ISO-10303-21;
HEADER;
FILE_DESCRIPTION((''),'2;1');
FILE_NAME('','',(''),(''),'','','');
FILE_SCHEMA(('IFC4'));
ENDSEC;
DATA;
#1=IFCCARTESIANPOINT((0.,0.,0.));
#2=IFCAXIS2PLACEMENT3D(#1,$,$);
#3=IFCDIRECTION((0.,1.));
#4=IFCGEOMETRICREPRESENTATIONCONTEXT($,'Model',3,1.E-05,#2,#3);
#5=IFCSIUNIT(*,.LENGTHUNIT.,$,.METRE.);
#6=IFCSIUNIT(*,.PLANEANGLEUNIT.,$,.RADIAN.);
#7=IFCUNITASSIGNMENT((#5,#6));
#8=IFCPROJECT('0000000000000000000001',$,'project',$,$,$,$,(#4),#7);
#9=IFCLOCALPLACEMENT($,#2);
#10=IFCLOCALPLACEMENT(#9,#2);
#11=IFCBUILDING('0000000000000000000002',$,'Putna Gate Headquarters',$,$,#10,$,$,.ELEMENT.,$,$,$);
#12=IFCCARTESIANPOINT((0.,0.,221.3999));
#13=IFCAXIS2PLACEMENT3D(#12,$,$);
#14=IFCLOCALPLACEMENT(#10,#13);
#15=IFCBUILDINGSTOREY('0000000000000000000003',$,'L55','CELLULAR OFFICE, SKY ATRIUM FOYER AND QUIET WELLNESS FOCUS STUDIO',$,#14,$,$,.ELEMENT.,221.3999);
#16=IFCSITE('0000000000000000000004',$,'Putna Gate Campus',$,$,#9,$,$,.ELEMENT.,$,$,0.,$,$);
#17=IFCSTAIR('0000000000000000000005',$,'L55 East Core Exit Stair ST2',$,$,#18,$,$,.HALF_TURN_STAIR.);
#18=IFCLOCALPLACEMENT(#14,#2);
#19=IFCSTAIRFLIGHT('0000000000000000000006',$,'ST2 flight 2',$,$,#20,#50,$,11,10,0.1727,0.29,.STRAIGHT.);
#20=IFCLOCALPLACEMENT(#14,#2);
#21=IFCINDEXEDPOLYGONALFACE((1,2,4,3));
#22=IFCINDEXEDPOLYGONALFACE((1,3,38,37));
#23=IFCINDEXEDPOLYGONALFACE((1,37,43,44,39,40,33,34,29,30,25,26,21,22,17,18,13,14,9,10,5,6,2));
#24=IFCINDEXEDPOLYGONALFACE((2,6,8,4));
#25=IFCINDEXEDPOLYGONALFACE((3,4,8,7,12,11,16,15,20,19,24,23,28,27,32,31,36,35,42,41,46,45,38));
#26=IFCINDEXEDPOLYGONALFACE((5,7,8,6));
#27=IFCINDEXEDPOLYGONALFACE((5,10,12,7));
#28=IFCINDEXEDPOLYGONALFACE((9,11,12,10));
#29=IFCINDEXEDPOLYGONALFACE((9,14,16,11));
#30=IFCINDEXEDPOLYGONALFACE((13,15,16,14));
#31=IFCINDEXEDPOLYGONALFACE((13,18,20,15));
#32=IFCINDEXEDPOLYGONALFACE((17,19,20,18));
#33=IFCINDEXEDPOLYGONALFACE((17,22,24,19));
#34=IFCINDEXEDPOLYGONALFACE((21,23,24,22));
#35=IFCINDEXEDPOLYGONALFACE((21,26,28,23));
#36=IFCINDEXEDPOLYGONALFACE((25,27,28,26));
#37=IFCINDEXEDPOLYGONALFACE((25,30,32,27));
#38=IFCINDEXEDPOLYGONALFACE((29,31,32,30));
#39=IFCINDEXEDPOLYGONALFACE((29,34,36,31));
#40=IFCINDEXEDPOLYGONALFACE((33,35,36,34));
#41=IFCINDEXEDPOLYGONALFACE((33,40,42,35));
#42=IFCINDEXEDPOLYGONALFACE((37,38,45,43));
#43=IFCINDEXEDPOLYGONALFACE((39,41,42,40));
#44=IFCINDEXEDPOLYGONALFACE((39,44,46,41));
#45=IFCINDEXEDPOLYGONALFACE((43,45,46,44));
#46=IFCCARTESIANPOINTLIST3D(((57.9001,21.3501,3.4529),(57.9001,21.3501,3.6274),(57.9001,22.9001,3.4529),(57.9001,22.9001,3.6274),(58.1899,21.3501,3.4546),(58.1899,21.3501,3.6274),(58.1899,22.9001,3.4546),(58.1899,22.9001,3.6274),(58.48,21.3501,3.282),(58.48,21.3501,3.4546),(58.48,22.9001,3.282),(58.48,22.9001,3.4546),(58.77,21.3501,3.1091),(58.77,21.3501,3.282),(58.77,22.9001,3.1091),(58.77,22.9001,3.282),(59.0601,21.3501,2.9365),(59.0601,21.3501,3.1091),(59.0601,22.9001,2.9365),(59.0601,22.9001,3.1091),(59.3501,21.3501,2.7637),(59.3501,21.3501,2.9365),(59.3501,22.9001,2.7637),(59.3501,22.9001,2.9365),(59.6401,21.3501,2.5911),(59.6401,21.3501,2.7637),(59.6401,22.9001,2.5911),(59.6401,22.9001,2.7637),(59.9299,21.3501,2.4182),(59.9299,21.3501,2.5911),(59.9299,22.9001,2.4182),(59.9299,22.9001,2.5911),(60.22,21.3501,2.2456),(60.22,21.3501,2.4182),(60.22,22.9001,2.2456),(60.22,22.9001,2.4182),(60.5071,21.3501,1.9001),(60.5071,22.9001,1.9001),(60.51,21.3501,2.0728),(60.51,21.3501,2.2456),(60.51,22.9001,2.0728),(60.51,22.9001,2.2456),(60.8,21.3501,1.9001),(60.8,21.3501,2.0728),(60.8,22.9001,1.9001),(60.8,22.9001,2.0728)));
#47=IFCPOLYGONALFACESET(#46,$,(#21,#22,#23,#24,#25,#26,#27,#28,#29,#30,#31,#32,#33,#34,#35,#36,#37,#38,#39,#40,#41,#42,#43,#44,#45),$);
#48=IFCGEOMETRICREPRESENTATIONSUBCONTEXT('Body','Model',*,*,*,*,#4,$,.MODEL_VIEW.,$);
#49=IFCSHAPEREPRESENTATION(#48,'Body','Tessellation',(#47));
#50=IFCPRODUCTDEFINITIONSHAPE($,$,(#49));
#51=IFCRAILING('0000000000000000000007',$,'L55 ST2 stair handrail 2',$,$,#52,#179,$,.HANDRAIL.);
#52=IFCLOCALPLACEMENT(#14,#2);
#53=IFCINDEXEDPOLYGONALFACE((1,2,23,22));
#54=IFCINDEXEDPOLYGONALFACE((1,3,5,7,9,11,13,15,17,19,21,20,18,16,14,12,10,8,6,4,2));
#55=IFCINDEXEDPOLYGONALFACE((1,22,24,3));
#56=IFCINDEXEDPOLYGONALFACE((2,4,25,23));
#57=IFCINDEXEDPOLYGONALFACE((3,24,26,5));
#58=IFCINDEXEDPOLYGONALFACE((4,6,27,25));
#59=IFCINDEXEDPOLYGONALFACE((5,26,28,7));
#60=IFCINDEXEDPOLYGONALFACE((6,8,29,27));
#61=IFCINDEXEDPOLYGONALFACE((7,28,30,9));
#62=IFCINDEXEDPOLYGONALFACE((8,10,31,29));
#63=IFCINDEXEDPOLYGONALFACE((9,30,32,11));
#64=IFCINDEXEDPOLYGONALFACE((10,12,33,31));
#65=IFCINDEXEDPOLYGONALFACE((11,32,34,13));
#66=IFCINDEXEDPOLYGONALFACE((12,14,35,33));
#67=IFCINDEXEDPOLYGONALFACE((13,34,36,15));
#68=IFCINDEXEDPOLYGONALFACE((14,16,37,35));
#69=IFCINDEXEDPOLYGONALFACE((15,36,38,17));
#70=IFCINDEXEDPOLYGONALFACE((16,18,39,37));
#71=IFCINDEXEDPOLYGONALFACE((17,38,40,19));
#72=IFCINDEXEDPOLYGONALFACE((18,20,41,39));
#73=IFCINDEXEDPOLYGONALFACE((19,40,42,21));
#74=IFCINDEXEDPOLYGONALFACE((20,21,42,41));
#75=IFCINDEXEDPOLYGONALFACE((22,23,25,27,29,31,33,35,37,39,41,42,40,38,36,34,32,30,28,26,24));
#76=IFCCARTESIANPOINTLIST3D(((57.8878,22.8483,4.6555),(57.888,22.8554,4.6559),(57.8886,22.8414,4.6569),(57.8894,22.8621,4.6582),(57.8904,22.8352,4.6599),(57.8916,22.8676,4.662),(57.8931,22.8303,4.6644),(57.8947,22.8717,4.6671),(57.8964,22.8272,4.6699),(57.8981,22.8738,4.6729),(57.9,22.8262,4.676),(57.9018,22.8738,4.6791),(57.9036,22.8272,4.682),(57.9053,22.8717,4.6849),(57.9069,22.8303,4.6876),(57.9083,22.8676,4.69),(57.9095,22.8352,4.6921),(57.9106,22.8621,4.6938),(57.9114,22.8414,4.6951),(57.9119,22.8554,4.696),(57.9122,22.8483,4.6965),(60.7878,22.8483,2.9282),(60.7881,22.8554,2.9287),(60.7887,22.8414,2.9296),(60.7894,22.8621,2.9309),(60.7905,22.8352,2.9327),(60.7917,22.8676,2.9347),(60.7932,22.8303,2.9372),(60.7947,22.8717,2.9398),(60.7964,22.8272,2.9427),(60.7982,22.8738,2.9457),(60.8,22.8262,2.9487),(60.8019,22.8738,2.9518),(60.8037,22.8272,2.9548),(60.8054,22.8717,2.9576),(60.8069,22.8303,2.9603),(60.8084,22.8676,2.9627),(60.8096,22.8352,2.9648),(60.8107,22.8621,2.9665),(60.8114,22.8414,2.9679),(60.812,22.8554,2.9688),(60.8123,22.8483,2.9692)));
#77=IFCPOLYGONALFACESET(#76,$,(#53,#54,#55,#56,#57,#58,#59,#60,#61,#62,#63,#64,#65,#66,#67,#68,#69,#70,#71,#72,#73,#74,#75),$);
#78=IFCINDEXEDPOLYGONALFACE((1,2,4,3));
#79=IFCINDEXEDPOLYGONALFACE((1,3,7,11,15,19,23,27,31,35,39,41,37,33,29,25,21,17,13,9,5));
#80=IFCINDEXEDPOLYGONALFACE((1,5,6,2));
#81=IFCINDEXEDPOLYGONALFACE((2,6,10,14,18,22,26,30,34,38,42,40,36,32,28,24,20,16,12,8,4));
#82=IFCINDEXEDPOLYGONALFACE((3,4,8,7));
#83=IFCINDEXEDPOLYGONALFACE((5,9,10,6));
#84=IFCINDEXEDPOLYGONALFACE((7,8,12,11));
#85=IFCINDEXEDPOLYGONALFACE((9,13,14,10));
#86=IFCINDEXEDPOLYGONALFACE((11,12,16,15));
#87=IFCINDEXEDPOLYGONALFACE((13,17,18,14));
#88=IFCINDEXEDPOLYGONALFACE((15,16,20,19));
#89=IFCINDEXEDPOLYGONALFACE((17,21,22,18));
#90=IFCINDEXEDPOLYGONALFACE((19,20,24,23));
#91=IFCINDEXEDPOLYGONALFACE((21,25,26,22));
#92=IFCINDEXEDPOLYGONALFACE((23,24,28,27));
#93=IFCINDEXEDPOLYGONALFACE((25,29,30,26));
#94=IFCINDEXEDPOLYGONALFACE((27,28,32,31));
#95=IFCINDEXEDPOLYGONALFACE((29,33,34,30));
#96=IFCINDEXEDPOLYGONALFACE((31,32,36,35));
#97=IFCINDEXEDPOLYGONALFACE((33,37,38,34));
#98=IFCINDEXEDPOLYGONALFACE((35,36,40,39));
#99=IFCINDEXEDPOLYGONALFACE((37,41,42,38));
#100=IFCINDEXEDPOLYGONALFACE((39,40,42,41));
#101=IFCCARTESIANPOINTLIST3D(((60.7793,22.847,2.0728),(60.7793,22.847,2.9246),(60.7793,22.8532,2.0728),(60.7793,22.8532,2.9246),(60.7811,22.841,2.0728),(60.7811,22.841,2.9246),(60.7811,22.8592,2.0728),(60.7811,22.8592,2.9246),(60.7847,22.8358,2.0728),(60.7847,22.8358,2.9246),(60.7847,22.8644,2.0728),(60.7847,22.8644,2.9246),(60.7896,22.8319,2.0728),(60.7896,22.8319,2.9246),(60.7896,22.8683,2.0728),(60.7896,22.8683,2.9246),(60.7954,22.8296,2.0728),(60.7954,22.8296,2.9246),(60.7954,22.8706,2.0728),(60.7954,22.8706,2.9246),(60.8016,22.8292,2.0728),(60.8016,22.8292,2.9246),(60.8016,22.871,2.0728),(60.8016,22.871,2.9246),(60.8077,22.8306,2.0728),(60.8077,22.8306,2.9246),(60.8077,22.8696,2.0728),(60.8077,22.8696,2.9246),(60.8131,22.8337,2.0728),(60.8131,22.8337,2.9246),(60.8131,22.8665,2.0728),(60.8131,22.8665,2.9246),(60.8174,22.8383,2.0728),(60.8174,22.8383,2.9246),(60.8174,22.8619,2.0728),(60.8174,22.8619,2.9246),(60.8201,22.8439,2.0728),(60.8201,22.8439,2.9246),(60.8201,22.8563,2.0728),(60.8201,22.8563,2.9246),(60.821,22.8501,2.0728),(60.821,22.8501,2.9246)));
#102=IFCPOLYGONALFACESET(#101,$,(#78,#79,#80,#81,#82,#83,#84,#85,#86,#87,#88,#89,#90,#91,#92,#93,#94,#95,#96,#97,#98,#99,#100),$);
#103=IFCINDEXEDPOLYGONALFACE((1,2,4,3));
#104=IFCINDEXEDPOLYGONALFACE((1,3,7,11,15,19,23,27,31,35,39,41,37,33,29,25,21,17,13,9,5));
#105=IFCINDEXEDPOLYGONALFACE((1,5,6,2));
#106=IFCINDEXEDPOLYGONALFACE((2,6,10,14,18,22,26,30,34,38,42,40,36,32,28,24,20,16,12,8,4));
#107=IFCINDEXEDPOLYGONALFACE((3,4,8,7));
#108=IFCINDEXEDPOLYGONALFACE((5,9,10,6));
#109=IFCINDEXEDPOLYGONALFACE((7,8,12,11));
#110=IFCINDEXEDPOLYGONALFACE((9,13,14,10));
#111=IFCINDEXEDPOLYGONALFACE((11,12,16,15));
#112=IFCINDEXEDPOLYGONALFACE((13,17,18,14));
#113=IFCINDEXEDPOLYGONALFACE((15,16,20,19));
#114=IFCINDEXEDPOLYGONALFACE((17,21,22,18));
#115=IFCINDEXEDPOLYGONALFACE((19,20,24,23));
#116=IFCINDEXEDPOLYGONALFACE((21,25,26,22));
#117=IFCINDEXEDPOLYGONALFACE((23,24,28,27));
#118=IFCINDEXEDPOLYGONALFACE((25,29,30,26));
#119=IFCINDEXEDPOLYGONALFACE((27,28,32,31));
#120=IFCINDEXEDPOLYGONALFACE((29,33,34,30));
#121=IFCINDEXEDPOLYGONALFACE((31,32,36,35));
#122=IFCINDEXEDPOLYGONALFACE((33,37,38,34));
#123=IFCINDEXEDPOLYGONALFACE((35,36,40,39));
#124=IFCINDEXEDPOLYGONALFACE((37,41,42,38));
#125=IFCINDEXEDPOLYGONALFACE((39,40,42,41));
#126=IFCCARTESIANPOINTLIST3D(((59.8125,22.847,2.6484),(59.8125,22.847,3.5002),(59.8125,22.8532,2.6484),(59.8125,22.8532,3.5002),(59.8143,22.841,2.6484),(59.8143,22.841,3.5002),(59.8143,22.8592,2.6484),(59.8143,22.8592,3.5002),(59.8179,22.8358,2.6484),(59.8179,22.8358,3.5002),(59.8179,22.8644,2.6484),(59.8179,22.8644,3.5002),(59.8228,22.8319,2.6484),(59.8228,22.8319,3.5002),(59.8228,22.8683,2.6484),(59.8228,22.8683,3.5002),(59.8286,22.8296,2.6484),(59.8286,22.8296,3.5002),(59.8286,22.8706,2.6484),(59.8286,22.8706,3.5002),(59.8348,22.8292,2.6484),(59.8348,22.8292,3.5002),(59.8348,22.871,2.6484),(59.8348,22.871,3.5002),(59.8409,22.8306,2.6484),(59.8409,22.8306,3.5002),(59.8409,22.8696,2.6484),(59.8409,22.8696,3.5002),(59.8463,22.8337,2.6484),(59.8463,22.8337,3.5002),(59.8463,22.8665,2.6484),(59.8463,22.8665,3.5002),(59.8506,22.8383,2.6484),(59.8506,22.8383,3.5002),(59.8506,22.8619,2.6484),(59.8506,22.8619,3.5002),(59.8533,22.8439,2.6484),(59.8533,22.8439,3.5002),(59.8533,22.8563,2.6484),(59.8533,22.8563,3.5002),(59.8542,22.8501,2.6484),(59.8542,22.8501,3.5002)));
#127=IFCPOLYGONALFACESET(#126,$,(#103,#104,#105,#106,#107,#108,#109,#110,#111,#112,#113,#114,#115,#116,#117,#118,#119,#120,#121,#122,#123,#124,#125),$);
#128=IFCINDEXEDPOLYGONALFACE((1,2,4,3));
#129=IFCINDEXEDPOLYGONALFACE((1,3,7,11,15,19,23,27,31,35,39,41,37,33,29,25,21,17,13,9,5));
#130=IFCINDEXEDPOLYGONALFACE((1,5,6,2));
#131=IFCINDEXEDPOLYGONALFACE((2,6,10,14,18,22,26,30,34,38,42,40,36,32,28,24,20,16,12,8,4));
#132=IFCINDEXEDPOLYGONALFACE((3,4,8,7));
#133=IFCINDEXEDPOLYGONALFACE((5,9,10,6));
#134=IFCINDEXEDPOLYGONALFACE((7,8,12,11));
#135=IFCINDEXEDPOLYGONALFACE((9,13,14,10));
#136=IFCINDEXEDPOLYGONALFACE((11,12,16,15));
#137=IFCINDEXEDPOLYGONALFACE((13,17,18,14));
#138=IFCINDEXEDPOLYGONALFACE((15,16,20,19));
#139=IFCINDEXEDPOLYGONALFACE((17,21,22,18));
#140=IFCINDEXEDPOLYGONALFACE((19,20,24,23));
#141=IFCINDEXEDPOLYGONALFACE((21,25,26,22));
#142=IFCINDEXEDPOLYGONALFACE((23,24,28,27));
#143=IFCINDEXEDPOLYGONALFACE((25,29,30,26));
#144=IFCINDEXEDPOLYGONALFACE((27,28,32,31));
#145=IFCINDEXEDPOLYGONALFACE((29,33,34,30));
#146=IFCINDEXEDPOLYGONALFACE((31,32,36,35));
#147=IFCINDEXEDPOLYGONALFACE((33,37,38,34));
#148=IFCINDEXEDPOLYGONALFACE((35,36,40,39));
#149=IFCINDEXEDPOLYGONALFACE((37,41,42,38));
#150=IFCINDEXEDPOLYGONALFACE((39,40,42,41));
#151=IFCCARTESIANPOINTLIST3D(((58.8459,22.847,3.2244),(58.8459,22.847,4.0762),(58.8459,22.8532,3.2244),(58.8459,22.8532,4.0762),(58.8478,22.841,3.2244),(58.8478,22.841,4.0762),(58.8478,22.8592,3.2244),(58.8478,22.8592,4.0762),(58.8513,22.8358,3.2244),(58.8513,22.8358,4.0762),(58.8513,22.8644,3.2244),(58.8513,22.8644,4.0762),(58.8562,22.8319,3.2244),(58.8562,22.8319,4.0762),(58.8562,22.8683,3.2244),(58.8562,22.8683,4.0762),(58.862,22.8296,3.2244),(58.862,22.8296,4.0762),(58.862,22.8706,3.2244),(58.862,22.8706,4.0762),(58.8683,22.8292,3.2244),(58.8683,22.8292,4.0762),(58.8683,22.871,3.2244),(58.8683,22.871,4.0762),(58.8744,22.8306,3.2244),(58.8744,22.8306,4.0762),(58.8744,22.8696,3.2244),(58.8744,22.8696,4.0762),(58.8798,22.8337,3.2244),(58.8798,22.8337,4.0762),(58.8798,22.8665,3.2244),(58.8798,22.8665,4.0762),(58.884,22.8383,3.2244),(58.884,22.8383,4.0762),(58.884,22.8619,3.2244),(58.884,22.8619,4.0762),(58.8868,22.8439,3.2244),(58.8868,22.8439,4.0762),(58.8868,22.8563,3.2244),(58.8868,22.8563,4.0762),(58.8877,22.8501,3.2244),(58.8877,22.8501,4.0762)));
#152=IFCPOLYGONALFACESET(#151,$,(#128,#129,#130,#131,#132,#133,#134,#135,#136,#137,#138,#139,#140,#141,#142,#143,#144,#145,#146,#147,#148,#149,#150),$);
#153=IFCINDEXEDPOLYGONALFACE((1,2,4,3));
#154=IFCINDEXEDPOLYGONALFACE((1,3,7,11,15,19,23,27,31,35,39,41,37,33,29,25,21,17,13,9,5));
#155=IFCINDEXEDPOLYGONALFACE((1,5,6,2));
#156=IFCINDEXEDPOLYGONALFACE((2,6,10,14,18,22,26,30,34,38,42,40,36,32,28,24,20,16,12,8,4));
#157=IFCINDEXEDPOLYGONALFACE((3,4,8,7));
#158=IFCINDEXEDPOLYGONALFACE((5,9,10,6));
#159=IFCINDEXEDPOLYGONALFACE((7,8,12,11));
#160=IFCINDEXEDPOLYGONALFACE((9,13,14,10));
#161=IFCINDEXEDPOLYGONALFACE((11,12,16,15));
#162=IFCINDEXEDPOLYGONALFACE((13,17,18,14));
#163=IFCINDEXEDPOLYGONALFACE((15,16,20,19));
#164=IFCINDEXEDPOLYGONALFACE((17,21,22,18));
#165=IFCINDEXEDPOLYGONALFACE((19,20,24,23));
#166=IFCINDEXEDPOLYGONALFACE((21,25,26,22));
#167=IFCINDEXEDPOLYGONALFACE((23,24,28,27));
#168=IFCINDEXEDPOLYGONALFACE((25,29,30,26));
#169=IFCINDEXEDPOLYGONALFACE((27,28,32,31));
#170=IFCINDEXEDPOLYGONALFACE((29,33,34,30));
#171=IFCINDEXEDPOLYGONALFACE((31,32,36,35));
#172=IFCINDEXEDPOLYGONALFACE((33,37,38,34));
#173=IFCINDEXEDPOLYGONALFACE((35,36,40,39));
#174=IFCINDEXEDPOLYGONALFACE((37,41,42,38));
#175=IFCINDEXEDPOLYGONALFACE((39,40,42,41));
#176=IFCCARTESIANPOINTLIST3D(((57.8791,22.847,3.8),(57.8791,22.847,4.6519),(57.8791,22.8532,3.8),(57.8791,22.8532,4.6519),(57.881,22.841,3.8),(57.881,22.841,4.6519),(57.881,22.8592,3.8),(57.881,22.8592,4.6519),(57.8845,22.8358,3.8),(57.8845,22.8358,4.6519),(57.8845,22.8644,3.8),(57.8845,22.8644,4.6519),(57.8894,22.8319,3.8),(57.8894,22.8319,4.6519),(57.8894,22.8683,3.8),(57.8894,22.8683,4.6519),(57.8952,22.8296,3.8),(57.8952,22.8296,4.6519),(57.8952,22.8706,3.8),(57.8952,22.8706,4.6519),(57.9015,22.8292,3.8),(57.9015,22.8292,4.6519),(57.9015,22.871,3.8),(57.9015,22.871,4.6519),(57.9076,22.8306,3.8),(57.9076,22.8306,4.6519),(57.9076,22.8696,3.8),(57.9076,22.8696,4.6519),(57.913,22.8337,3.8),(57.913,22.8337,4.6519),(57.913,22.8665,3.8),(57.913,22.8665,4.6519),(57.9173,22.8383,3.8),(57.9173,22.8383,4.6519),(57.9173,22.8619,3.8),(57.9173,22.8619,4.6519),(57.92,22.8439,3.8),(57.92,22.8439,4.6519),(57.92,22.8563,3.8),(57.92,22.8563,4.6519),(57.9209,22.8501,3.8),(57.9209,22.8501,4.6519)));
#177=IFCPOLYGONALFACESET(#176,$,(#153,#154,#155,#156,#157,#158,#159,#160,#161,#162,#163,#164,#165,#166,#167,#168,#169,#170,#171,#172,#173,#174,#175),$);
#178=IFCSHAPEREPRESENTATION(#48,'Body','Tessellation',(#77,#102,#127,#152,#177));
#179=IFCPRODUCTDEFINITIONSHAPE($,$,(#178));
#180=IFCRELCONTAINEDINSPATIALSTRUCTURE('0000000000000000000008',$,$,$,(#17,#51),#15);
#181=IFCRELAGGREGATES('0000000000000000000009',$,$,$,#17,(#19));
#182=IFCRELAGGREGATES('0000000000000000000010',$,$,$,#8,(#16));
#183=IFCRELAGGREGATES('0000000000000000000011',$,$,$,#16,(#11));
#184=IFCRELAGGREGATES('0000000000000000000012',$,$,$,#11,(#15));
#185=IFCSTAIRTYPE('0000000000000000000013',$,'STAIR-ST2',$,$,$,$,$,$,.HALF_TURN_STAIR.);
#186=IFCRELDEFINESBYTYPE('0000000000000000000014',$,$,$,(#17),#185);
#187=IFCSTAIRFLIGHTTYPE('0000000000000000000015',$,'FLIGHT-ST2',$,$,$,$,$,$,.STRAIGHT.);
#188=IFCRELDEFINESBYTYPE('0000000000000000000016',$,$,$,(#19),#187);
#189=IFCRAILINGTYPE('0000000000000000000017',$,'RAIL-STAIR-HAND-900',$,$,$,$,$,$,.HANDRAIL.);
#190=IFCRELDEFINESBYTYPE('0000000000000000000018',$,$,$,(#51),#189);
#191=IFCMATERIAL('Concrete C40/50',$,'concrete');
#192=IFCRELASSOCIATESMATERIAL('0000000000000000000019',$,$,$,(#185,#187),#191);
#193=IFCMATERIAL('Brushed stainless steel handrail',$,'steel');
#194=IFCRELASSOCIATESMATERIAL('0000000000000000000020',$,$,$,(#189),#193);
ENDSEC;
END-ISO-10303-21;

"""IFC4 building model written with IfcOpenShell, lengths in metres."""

from ifc_helpers import new_model, si_unit, direction, frame, origin, origin_2d, place, context, subcontext, project, spatial, polyline, circle, outline, extrude, material, type_object, element, aggregate, save


model = new_model("IFC4")

# Units and contexts
model_context = context("Model", 3, precision=1e-05, world=origin(), true_north=direction((0.0, 1.0)))
body_context = subcontext(model_context, "Body", "Model", "MODEL_VIEW")
ifc_project = project(units=[si_unit("LENGTHUNIT", "METRE"), si_unit("PLANEANGLEUNIT", "RADIAN")], contexts=[model_context])

# Site, building, storey
site_placement = place(None, origin())
site = spatial("IfcSite", under=ifc_project, at=site_placement, Name="Putna Gate Campus", CompositionType="ELEMENT", RefElevation=0.0)
building_placement = place(site_placement, origin())
building = spatial("IfcBuilding", under=site, at=building_placement, Name="Putna Gate Headquarters", CompositionType="ELEMENT")
storey_placement = place(building_placement, frame((0.0, 0.0, 221.3999)))
storey = spatial("IfcBuildingStorey", under=building, at=storey_placement, Name="L55", Description="CELLULAR OFFICE, SKY ATRIUM FOYER AND QUIET WELLNESS FOCUS STUDIO", CompositionType="ELEMENT", Elevation=221.3999)

# Shared definitions
ifc_material_1 = material(Name="Concrete C40/50", Category="concrete")

# Stair, stair flight
stair_type = type_object("IfcStairType", Name="STAIR-ST2", PredefinedType="HALF_TURN_STAIR", material=ifc_material_1)
stair_placement = place(storey_placement, origin())
stair = element("IfcStair", 1, at=stair_placement, inside=storey, type_object=stair_type, Name="L55 East Core Exit Stair ST2", PredefinedType="HALF_TURN_STAIR")
stair_flight_type = type_object("IfcStairFlightType", Name="FLIGHT-ST2", PredefinedType="STRAIGHT", material=ifc_material_1)
stair_flight_placement = place(storey_placement, frame((60.8, 22.125, 1.9001), z_axis=(0.0, 0.0, 1.0), x_axis=(-1.0, 0.0, 0.0)))
stair_flight = element("IfcStairFlight", 2, at=stair_flight_placement, type_object=stair_flight_type, Name="ST2 flight 2", NumberOfRisers=11, NumberOfTreads=10, PredefinedType="STRAIGHT", RiserHeight=0.1727, TreadLength=0.29, context=body_context, shape_type="SweptSolid", body=[
    extrude(outline(polyline([(0.0, 0.0), (0.0, 0.1726), (0.29, 0.1726), (0.29, 0.3455), (0.5801, 0.3455), (0.5801, 0.5181), (0.8701, 0.5181), (0.8701, 0.6909), (1.1599, 0.6909), (1.1599, 0.8635), (1.45, 0.8635), (1.45, 1.0364), (1.74, 1.0364), (1.74, 1.209), (2.03, 1.209), (2.03, 1.3818), (2.3201, 1.3818), (2.3201, 1.5544), (2.6101, 1.5544), (2.6101, 1.7273), (2.8999, 1.7273), (2.8999, 1.8999), (2.8999, 1.5527), (0.293, 0.0), (0.0, 0.0)])), frame((0.0, 0.7749, 0.0), z_axis=(0.0, -1.0, 0.0), x_axis=(1.0, 0.0, 0.0)), (0.0, 0.0, 1.0), 1.55),
])
aggregate(stair, [stair_flight])

# Railing
ifc_material_2 = material(Name="Brushed stainless steel handrail", Category="steel")
railing_type = type_object("IfcRailingType", Name="RAIL-STAIR-HAND-900", PredefinedType="HANDRAIL", material=ifc_material_2)
railing_placement = place(storey_placement, frame((60.8, 22.8501, 2.0728)))
element("IfcRailing", 3, at=railing_placement, inside=storey, type_object=railing_type, Name="L55 ST2 stair handrail 2", PredefinedType="HANDRAIL", context=body_context, shape_type="SweptSolid", body=[
    extrude(circle(Radius=0.0239, at=origin_2d()), frame((0.0, 0.0, 0.876), z_axis=(-0.85916, 0.0, 0.511706), x_axis=(0.0, -1.0, 0.0)), (0.0, 0.0, 1.0), 3.3755),
    extrude(circle(Radius=0.021, at=origin_2d()), origin(), (0.0, 0.0, 1.0), 0.8518),
    extrude(circle(Radius=0.021, at=origin_2d()), frame((-0.9668, 0.0, 0.5757)), (0.0, 0.0, 1.0), 0.8518),
    extrude(circle(Radius=0.021, at=origin_2d()), frame((-1.9333, 0.0, 1.1516)), (0.0, 0.0, 1.0), 0.8518),
    extrude(circle(Radius=0.021, at=origin_2d()), frame((-2.9001, 0.0, 1.7273)), (0.0, 0.0, 1.0), 0.8518),
])

save(model, "model.ifc")
